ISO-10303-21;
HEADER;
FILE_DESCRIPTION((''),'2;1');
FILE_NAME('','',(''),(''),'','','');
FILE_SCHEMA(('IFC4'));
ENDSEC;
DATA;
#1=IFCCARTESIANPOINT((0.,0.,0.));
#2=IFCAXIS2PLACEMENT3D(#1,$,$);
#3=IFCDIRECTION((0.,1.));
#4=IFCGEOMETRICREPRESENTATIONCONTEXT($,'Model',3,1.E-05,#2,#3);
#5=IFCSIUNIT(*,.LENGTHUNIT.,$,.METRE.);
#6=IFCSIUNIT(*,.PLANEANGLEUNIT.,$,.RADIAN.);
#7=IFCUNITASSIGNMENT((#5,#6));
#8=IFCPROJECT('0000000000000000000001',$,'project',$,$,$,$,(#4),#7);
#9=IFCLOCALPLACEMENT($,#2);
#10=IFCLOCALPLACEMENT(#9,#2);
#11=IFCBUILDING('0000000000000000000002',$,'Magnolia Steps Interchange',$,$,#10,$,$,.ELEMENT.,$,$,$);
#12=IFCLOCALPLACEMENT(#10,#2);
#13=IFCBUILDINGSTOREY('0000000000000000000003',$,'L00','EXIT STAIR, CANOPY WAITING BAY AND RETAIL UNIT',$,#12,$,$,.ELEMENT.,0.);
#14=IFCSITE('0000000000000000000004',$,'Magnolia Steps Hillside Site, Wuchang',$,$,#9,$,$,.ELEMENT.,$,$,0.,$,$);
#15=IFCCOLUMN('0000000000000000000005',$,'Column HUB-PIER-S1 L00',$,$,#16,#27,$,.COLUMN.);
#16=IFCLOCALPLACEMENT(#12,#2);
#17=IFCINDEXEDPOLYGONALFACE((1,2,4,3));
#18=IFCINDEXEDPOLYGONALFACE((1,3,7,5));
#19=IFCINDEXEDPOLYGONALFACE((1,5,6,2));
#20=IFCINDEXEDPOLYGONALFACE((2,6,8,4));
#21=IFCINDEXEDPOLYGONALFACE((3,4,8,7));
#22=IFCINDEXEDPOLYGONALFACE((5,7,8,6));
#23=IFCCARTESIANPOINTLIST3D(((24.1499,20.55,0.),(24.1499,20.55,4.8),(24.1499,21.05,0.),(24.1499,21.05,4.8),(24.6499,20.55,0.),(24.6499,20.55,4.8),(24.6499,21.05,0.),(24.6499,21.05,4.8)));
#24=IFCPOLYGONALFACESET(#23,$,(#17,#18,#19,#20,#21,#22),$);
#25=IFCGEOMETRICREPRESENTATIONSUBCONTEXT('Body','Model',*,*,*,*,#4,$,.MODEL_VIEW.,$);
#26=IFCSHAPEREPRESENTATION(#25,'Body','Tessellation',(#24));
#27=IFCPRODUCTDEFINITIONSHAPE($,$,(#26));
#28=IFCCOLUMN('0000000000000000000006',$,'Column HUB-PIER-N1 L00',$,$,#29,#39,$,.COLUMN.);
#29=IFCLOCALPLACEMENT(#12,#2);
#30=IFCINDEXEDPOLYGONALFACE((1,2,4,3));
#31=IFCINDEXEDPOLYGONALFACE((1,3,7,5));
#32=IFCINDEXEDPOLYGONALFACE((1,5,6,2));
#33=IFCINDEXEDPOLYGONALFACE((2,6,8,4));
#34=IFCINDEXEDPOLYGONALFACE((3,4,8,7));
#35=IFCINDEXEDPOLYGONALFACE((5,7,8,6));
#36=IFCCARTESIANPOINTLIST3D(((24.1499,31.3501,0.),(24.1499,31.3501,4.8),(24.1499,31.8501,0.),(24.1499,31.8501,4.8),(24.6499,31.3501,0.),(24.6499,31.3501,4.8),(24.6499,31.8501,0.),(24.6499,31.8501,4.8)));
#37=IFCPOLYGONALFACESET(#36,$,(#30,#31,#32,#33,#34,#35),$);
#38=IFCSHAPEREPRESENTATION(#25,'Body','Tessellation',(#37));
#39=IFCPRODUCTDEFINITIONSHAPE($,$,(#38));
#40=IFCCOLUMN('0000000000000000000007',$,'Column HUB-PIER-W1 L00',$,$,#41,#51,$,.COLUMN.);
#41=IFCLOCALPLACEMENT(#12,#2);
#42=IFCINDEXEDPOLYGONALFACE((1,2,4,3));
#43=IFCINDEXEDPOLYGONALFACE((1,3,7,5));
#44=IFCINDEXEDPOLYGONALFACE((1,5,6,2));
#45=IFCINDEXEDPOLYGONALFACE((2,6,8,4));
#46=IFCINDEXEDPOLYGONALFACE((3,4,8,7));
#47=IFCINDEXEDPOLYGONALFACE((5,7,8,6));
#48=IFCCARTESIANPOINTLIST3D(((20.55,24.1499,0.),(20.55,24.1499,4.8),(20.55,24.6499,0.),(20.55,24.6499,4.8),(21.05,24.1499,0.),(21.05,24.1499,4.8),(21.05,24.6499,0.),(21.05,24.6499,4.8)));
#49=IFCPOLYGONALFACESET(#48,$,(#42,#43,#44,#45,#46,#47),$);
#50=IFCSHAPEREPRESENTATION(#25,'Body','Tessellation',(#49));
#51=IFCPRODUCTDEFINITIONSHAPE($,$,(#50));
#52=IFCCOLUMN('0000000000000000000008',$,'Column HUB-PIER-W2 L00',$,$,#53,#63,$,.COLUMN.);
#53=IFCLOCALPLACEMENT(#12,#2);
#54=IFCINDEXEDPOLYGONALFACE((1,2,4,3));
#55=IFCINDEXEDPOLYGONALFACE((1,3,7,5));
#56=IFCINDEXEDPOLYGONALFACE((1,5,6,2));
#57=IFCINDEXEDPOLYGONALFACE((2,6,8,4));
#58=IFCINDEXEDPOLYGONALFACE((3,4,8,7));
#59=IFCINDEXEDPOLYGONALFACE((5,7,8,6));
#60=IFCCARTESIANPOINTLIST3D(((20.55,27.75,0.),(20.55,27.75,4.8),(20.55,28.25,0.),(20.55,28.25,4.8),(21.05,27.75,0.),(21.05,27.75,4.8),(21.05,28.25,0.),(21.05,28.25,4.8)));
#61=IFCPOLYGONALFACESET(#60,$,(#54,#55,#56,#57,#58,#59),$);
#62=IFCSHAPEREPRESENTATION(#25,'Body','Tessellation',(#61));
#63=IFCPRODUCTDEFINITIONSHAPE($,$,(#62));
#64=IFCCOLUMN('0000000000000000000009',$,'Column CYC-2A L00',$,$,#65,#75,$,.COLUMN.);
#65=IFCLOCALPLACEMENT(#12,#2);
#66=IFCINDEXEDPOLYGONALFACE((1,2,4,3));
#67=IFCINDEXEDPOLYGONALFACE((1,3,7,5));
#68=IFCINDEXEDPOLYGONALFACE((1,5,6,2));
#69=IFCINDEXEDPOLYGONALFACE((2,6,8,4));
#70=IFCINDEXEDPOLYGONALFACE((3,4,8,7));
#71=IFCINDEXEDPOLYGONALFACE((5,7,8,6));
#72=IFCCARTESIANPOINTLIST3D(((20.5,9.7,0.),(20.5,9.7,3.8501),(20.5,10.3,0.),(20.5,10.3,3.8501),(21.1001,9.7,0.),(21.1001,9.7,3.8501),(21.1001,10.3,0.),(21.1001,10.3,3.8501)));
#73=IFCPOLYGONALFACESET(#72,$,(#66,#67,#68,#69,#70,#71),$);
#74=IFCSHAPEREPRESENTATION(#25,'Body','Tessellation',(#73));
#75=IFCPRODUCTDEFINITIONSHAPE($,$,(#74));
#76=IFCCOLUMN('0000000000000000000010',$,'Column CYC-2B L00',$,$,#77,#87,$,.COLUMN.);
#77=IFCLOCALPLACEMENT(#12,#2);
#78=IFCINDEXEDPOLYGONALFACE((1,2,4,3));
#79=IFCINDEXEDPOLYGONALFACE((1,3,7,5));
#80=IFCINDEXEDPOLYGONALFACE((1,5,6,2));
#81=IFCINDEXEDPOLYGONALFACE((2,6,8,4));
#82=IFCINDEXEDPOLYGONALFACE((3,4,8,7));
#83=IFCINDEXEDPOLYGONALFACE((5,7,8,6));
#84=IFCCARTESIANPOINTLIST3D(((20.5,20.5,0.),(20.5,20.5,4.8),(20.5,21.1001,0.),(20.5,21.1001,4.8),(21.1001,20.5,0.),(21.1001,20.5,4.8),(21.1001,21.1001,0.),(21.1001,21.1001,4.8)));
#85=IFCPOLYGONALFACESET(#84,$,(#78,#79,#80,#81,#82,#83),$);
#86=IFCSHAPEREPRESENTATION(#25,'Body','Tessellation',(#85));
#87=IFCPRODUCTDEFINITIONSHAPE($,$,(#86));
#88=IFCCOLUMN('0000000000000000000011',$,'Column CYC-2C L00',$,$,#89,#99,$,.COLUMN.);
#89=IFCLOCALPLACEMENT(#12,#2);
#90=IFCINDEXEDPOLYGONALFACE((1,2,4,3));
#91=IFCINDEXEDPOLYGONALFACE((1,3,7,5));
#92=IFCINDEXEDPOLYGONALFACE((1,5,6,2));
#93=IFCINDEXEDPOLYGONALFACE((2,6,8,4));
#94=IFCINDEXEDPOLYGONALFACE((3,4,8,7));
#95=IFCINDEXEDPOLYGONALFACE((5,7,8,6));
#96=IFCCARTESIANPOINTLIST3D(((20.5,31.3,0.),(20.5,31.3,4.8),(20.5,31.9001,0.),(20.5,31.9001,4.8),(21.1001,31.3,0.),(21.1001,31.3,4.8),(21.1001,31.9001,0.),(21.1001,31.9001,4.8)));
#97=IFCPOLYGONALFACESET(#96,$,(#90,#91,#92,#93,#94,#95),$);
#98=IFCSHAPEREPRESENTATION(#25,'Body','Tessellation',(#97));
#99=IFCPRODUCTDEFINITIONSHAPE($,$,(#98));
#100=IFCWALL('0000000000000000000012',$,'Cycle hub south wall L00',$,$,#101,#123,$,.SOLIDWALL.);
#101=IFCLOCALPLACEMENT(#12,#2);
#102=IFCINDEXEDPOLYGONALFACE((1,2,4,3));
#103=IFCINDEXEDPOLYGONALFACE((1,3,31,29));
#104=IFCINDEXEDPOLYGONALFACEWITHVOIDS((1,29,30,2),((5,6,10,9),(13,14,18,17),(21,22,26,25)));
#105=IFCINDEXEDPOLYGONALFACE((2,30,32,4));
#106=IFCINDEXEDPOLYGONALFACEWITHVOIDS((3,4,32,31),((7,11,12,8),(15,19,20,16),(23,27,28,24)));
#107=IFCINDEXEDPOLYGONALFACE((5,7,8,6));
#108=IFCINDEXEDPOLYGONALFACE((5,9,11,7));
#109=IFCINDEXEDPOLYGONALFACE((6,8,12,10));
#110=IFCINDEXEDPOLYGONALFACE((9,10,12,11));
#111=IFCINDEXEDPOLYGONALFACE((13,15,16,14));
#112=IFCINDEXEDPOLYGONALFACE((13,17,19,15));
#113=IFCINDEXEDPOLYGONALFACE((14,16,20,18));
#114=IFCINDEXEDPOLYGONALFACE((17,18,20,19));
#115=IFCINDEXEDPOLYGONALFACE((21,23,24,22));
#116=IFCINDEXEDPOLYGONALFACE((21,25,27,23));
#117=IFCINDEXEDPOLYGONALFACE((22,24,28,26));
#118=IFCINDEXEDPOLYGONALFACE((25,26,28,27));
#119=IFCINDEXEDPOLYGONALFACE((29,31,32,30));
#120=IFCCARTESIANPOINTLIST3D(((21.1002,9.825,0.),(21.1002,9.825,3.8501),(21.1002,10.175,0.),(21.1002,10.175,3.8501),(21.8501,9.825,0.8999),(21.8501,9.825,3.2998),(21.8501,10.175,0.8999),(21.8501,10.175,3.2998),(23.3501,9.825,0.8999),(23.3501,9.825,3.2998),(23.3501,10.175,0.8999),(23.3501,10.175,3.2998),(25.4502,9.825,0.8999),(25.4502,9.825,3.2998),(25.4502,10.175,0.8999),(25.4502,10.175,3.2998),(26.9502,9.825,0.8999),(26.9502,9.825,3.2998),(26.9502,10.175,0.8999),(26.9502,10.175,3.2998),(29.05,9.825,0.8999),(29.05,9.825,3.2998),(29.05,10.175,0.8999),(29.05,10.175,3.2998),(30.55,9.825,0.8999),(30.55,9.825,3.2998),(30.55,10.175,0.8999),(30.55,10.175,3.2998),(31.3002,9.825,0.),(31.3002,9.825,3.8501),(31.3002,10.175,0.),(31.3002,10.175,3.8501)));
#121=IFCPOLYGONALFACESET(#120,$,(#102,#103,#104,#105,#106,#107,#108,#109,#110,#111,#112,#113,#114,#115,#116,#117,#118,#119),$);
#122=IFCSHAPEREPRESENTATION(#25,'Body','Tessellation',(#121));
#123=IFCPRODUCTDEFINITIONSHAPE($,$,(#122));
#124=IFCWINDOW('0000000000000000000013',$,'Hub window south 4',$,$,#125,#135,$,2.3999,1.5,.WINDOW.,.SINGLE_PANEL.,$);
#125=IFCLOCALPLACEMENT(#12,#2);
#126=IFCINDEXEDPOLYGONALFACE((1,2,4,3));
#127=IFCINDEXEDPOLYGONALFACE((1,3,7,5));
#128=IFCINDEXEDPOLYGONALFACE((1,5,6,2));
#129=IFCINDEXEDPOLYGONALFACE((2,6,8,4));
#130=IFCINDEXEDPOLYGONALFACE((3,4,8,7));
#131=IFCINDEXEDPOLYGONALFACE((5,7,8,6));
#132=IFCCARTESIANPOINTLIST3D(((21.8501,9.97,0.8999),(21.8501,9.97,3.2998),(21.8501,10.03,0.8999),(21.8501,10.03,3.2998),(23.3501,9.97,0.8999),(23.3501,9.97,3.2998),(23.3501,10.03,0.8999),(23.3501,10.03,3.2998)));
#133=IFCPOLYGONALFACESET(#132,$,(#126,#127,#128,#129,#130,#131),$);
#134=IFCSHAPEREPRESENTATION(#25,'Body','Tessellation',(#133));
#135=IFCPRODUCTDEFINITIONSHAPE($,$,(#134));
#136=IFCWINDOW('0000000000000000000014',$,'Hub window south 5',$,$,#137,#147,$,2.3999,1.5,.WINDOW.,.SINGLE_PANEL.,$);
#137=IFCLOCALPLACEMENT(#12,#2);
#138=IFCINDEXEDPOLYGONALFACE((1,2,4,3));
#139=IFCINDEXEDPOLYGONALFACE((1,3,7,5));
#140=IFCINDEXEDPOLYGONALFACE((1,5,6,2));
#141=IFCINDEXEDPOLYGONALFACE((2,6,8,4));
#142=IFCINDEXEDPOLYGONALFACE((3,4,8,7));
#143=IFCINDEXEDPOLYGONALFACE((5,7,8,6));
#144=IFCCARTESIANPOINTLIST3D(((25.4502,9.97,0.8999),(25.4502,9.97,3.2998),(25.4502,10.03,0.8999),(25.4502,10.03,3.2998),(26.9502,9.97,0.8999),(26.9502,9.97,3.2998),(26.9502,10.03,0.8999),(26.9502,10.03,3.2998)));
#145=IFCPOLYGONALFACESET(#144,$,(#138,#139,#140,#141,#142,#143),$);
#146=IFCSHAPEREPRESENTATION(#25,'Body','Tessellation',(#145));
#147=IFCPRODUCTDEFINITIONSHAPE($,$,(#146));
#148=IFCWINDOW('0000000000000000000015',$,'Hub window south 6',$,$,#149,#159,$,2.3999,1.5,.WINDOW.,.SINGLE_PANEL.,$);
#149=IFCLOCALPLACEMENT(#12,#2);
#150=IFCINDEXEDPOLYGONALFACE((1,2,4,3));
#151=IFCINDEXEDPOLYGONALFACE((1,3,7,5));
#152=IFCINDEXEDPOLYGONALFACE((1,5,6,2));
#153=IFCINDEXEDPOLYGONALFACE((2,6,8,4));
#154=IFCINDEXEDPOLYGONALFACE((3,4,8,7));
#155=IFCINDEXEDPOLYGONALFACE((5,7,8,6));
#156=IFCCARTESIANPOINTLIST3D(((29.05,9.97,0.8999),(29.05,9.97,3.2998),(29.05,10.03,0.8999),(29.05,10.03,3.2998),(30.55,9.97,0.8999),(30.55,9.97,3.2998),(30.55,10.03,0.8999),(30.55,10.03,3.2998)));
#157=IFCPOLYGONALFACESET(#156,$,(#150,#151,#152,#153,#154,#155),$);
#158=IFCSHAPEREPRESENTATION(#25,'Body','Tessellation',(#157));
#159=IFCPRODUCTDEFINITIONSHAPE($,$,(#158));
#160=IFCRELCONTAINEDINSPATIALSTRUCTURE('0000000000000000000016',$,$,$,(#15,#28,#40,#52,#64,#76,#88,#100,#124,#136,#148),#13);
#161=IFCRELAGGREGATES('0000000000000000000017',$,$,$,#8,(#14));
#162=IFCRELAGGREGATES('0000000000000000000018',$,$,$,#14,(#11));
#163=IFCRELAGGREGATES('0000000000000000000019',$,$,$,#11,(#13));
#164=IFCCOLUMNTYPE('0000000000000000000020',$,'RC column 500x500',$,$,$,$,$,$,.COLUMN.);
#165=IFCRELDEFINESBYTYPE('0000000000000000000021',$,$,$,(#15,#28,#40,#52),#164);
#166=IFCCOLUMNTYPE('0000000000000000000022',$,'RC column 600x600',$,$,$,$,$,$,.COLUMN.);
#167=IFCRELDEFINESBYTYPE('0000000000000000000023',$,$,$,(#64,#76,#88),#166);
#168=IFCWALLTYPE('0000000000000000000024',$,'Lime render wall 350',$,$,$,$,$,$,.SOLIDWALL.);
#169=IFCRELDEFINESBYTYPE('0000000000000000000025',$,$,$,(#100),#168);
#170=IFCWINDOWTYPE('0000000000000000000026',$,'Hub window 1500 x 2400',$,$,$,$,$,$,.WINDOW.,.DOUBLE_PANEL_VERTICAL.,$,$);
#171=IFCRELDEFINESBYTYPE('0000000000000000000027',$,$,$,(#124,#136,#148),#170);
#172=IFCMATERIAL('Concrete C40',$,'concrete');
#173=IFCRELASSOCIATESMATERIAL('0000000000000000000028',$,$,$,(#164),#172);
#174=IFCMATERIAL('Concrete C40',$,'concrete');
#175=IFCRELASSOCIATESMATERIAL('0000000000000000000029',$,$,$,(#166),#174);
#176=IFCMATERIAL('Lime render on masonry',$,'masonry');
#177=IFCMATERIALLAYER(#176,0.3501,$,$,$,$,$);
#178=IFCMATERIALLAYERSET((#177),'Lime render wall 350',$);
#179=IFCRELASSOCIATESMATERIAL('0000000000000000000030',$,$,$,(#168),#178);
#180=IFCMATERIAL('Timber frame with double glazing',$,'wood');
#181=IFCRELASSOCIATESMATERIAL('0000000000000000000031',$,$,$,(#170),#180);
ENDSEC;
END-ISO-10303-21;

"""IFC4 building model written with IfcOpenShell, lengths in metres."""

from ifc_helpers import new_model, si_unit, direction, frame, frame_2d, origin, origin_2d, place, context, subcontext, project, spatial, rectangle, extrude, material, layer, layer_set, material_profile, profile_set, type_object, element, fill, save


model = new_model("IFC4")

# Units and contexts
model_context = context("Model", 3, precision=1e-05, world=origin(), true_north=direction((0.0, 1.0)))
body_context = subcontext(model_context, "Body", "Model", "MODEL_VIEW")
ifc_project = project(units=[si_unit("LENGTHUNIT", "METRE"), si_unit("PLANEANGLEUNIT", "RADIAN")], contexts=[model_context])

# Site, building, storey
site_placement = place(None, origin())
site = spatial("IfcSite", under=ifc_project, at=site_placement, Name="Magnolia Steps Hillside Site, Wuchang", CompositionType="ELEMENT", RefElevation=0.0)
building_placement = place(site_placement, origin())
building = spatial("IfcBuilding", under=site, at=building_placement, Name="Magnolia Steps Interchange", CompositionType="ELEMENT")
storey_placement = place(building_placement, origin())
storey = spatial("IfcBuildingStorey", under=building, at=storey_placement, Name="L00", Description="EXIT STAIR, CANOPY WAITING BAY AND RETAIL UNIT", CompositionType="ELEMENT", Elevation=0.0)

# Columns
ifc_material_1 = material(Name="Concrete C40", Category="concrete")
ifc_material_profile_1 = material_profile(ifc_material_1, rectangle(XDim=0.5, YDim=0.5, at=origin_2d()), Name="RC500x500")
ifc_profile_set_1 = profile_set([ifc_material_profile_1], Name="Concrete C40")
column_type_1 = type_object("IfcColumnType", Name="RC column 500x500", PredefinedType="COLUMN", material=ifc_profile_set_1)
for number, where, z_axis, x_axis, name in (
    (1, (24.3999, 20.8, 0.0), (0.0, 0.0, 1.0), (1.0, 0.0, 0.0), "Column HUB-PIER-S1 L00"),
    (2, (24.3999, 31.6001, 0.0), (0.0, 0.0, 1.0), (1.0, 0.0, 0.0), "Column HUB-PIER-N1 L00"),
    (3, (20.8, 24.3999, 0.0), (0.0, 0.0, 1.0), (1.0, 0.0, 0.0), "Column HUB-PIER-W1 L00"),
    (4, (20.8, 28.0, 0.0), (0.0, 0.0, 1.0), (1.0, 0.0, 0.0), "Column HUB-PIER-W2 L00"),
):
    element("IfcColumn", number, at=place(storey_placement, frame(where, z_axis=z_axis, x_axis=x_axis)), inside=storey, type_object=column_type_1, Name=name, PredefinedType="COLUMN", context=body_context, shape_type="SweptSolid", body=[
        extrude(rectangle(XDim=0.5, YDim=0.5, at=origin_2d()), origin(), (0.0, 0.0, 1.0), 4.8),
    ])
ifc_material_2 = material(Name="Concrete C40", Category="concrete")
ifc_material_profile_2 = material_profile(ifc_material_2, rectangle(XDim=0.6001, YDim=0.6001, at=origin_2d()), Name="RC600x600")
ifc_profile_set_2 = profile_set([ifc_material_profile_2], Name="Concrete C40")
column_type_2 = type_object("IfcColumnType", Name="RC column 600x600", PredefinedType="COLUMN", material=ifc_profile_set_2)
column_placement = place(storey_placement, frame((20.8, 10.0, 0.0), z_axis=(0.0, 0.0, 1.0), x_axis=(1.0, 0.0, 0.0)))
element("IfcColumn", 5, at=column_placement, inside=storey, type_object=column_type_2, Name="Column CYC-2A L00", PredefinedType="COLUMN", context=body_context, shape_type="SweptSolid", body=[
    extrude(rectangle(XDim=0.6001, YDim=0.6001, at=origin_2d()), origin(), (0.0, 0.0, 1.0), 3.8501),
])
for number, where, z_axis, x_axis, name in (
    (6, (20.8, 20.8, 0.0), (0.0, 0.0, 1.0), (1.0, 0.0, 0.0), "Column CYC-2B L00"),
    (7, (20.8, 31.6001, 0.0), (0.0, 0.0, 1.0), (1.0, 0.0, 0.0), "Column CYC-2C L00"),
):
    element("IfcColumn", number, at=place(storey_placement, frame(where, z_axis=z_axis, x_axis=x_axis)), inside=storey, type_object=column_type_2, Name=name, PredefinedType="COLUMN", context=body_context, shape_type="SweptSolid", body=[
        extrude(rectangle(XDim=0.6001, YDim=0.6001, at=origin_2d()), origin(), (0.0, 0.0, 1.0), 4.8),
    ])

# Wall, openings, windows
ifc_material_3 = material(Name="Lime render on masonry", Category="masonry")
ifc_layer_1 = layer(ifc_material_3, 0.3501)
ifc_layer_set_1 = layer_set([ifc_layer_1], Name="Lime render wall 350")
wall_type_1 = type_object("IfcWallType", Name="Lime render wall 350", PredefinedType="SOLIDWALL", material=ifc_layer_set_1)
wall_1_placement = place(storey_placement, frame((21.1001, 10.0, 0.0), z_axis=(0.0, 0.0, 1.0), x_axis=(1.0, 0.0, 0.0)))
wall_1 = element("IfcWall", 8, at=wall_1_placement, inside=storey, type_object=wall_type_1, Name="Cycle hub south wall L00", PredefinedType="SOLIDWALL", context=body_context, shape_type="SweptSolid", body=[
    extrude(rectangle(XDim=10.2, YDim=0.3501, at=frame_2d((5.1001, 0.0))), origin(), (0.0, 0.0, 1.0), 3.8501),
])
opening_1_placement = place(wall_1_placement, frame((0.75, 0.0, 0.8999)))
opening_1 = element("IfcOpeningElement", 9, at=opening_1_placement, cuts=wall_1, PredefinedType="OPENING", context=body_context, shape_type="SweptSolid", body=[
    extrude(rectangle(XDim=1.5, YDim=2.3999, at=frame_2d((0.75, 1.2))), frame((0.0, 0.1851, 0.0), z_axis=(0.0, -1.0, 0.0), x_axis=(1.0, 0.0, 0.0)), (0.0, 0.0, 1.0), 0.3701),
])
opening_2_placement = place(wall_1_placement, frame((4.3501, 0.0, 0.8999)))
opening_2 = element("IfcOpeningElement", 10, at=opening_2_placement, cuts=wall_1, PredefinedType="OPENING", context=body_context, shape_type="SweptSolid", body=[
    extrude(rectangle(XDim=1.5, YDim=2.3999, at=frame_2d((0.75, 1.2))), frame((0.0, 0.1851, 0.0), z_axis=(0.0, -1.0, 0.0), x_axis=(1.0, 0.0, 0.0)), (0.0, 0.0, 1.0), 0.3701),
])
opening_3_placement = place(wall_1_placement, frame((7.95, 0.0, 0.8999)))
opening_3 = element("IfcOpeningElement", 11, at=opening_3_placement, cuts=wall_1, PredefinedType="OPENING", context=body_context, shape_type="SweptSolid", body=[
    extrude(rectangle(XDim=1.5, YDim=2.3999, at=frame_2d((0.75, 1.2))), frame((0.0, 0.1851, 0.0), z_axis=(0.0, -1.0, 0.0), x_axis=(1.0, 0.0, 0.0)), (0.0, 0.0, 1.0), 0.3701),
])
ifc_material_4 = material(Name="Timber frame with double glazing", Category="wood")
window_type = type_object("IfcWindowType", Name="Hub window 1500 x 2400", PartitioningType="DOUBLE_PANEL_VERTICAL", PredefinedType="WINDOW", material=ifc_material_4)
window_1_placement = place(opening_1_placement, origin())
window_1 = element("IfcWindow", 12, at=window_1_placement, inside=storey, type_object=window_type, Name="Hub window south 4", OverallHeight=2.3999, OverallWidth=1.5, PartitioningType="SINGLE_PANEL", PredefinedType="WINDOW", context=body_context, shape_type="SweptSolid", body=[
    extrude(rectangle(XDim=1.5, YDim=2.3999, at=frame_2d((0.75, 1.2))), frame((0.0, 0.03, 0.0), z_axis=(0.0, -1.0, 0.0), x_axis=(1.0, 0.0, 0.0)), (0.0, 0.0, 1.0), 0.0601),
])
fill(opening_1, window_1)
window_2_placement = place(opening_2_placement, origin())
window_2 = element("IfcWindow", 13, at=window_2_placement, inside=storey, type_object=window_type, Name="Hub window south 5", OverallHeight=2.3999, OverallWidth=1.5, PartitioningType="SINGLE_PANEL", PredefinedType="WINDOW", context=body_context, shape_type="SweptSolid", body=[
    extrude(rectangle(XDim=1.5, YDim=2.3999, at=frame_2d((0.75, 1.2))), frame((0.0, 0.03, 0.0), z_axis=(0.0, -1.0, 0.0), x_axis=(1.0, 0.0, 0.0)), (0.0, 0.0, 1.0), 0.0601),
])
fill(opening_2, window_2)
window_3_placement = place(opening_3_placement, origin())
window_3 = element("IfcWindow", 14, at=window_3_placement, inside=storey, type_object=window_type, Name="Hub window south 6", OverallHeight=2.3999, OverallWidth=1.5, PartitioningType="SINGLE_PANEL", PredefinedType="WINDOW", context=body_context, shape_type="SweptSolid", body=[
    extrude(rectangle(XDim=1.5, YDim=2.3999, at=frame_2d((0.75, 1.2))), frame((0.0, 0.03, 0.0), z_axis=(0.0, -1.0, 0.0), x_axis=(1.0, 0.0, 0.0)), (0.0, 0.0, 1.0), 0.0601),
])
fill(opening_3, window_3)

save(model, "model.ifc")
